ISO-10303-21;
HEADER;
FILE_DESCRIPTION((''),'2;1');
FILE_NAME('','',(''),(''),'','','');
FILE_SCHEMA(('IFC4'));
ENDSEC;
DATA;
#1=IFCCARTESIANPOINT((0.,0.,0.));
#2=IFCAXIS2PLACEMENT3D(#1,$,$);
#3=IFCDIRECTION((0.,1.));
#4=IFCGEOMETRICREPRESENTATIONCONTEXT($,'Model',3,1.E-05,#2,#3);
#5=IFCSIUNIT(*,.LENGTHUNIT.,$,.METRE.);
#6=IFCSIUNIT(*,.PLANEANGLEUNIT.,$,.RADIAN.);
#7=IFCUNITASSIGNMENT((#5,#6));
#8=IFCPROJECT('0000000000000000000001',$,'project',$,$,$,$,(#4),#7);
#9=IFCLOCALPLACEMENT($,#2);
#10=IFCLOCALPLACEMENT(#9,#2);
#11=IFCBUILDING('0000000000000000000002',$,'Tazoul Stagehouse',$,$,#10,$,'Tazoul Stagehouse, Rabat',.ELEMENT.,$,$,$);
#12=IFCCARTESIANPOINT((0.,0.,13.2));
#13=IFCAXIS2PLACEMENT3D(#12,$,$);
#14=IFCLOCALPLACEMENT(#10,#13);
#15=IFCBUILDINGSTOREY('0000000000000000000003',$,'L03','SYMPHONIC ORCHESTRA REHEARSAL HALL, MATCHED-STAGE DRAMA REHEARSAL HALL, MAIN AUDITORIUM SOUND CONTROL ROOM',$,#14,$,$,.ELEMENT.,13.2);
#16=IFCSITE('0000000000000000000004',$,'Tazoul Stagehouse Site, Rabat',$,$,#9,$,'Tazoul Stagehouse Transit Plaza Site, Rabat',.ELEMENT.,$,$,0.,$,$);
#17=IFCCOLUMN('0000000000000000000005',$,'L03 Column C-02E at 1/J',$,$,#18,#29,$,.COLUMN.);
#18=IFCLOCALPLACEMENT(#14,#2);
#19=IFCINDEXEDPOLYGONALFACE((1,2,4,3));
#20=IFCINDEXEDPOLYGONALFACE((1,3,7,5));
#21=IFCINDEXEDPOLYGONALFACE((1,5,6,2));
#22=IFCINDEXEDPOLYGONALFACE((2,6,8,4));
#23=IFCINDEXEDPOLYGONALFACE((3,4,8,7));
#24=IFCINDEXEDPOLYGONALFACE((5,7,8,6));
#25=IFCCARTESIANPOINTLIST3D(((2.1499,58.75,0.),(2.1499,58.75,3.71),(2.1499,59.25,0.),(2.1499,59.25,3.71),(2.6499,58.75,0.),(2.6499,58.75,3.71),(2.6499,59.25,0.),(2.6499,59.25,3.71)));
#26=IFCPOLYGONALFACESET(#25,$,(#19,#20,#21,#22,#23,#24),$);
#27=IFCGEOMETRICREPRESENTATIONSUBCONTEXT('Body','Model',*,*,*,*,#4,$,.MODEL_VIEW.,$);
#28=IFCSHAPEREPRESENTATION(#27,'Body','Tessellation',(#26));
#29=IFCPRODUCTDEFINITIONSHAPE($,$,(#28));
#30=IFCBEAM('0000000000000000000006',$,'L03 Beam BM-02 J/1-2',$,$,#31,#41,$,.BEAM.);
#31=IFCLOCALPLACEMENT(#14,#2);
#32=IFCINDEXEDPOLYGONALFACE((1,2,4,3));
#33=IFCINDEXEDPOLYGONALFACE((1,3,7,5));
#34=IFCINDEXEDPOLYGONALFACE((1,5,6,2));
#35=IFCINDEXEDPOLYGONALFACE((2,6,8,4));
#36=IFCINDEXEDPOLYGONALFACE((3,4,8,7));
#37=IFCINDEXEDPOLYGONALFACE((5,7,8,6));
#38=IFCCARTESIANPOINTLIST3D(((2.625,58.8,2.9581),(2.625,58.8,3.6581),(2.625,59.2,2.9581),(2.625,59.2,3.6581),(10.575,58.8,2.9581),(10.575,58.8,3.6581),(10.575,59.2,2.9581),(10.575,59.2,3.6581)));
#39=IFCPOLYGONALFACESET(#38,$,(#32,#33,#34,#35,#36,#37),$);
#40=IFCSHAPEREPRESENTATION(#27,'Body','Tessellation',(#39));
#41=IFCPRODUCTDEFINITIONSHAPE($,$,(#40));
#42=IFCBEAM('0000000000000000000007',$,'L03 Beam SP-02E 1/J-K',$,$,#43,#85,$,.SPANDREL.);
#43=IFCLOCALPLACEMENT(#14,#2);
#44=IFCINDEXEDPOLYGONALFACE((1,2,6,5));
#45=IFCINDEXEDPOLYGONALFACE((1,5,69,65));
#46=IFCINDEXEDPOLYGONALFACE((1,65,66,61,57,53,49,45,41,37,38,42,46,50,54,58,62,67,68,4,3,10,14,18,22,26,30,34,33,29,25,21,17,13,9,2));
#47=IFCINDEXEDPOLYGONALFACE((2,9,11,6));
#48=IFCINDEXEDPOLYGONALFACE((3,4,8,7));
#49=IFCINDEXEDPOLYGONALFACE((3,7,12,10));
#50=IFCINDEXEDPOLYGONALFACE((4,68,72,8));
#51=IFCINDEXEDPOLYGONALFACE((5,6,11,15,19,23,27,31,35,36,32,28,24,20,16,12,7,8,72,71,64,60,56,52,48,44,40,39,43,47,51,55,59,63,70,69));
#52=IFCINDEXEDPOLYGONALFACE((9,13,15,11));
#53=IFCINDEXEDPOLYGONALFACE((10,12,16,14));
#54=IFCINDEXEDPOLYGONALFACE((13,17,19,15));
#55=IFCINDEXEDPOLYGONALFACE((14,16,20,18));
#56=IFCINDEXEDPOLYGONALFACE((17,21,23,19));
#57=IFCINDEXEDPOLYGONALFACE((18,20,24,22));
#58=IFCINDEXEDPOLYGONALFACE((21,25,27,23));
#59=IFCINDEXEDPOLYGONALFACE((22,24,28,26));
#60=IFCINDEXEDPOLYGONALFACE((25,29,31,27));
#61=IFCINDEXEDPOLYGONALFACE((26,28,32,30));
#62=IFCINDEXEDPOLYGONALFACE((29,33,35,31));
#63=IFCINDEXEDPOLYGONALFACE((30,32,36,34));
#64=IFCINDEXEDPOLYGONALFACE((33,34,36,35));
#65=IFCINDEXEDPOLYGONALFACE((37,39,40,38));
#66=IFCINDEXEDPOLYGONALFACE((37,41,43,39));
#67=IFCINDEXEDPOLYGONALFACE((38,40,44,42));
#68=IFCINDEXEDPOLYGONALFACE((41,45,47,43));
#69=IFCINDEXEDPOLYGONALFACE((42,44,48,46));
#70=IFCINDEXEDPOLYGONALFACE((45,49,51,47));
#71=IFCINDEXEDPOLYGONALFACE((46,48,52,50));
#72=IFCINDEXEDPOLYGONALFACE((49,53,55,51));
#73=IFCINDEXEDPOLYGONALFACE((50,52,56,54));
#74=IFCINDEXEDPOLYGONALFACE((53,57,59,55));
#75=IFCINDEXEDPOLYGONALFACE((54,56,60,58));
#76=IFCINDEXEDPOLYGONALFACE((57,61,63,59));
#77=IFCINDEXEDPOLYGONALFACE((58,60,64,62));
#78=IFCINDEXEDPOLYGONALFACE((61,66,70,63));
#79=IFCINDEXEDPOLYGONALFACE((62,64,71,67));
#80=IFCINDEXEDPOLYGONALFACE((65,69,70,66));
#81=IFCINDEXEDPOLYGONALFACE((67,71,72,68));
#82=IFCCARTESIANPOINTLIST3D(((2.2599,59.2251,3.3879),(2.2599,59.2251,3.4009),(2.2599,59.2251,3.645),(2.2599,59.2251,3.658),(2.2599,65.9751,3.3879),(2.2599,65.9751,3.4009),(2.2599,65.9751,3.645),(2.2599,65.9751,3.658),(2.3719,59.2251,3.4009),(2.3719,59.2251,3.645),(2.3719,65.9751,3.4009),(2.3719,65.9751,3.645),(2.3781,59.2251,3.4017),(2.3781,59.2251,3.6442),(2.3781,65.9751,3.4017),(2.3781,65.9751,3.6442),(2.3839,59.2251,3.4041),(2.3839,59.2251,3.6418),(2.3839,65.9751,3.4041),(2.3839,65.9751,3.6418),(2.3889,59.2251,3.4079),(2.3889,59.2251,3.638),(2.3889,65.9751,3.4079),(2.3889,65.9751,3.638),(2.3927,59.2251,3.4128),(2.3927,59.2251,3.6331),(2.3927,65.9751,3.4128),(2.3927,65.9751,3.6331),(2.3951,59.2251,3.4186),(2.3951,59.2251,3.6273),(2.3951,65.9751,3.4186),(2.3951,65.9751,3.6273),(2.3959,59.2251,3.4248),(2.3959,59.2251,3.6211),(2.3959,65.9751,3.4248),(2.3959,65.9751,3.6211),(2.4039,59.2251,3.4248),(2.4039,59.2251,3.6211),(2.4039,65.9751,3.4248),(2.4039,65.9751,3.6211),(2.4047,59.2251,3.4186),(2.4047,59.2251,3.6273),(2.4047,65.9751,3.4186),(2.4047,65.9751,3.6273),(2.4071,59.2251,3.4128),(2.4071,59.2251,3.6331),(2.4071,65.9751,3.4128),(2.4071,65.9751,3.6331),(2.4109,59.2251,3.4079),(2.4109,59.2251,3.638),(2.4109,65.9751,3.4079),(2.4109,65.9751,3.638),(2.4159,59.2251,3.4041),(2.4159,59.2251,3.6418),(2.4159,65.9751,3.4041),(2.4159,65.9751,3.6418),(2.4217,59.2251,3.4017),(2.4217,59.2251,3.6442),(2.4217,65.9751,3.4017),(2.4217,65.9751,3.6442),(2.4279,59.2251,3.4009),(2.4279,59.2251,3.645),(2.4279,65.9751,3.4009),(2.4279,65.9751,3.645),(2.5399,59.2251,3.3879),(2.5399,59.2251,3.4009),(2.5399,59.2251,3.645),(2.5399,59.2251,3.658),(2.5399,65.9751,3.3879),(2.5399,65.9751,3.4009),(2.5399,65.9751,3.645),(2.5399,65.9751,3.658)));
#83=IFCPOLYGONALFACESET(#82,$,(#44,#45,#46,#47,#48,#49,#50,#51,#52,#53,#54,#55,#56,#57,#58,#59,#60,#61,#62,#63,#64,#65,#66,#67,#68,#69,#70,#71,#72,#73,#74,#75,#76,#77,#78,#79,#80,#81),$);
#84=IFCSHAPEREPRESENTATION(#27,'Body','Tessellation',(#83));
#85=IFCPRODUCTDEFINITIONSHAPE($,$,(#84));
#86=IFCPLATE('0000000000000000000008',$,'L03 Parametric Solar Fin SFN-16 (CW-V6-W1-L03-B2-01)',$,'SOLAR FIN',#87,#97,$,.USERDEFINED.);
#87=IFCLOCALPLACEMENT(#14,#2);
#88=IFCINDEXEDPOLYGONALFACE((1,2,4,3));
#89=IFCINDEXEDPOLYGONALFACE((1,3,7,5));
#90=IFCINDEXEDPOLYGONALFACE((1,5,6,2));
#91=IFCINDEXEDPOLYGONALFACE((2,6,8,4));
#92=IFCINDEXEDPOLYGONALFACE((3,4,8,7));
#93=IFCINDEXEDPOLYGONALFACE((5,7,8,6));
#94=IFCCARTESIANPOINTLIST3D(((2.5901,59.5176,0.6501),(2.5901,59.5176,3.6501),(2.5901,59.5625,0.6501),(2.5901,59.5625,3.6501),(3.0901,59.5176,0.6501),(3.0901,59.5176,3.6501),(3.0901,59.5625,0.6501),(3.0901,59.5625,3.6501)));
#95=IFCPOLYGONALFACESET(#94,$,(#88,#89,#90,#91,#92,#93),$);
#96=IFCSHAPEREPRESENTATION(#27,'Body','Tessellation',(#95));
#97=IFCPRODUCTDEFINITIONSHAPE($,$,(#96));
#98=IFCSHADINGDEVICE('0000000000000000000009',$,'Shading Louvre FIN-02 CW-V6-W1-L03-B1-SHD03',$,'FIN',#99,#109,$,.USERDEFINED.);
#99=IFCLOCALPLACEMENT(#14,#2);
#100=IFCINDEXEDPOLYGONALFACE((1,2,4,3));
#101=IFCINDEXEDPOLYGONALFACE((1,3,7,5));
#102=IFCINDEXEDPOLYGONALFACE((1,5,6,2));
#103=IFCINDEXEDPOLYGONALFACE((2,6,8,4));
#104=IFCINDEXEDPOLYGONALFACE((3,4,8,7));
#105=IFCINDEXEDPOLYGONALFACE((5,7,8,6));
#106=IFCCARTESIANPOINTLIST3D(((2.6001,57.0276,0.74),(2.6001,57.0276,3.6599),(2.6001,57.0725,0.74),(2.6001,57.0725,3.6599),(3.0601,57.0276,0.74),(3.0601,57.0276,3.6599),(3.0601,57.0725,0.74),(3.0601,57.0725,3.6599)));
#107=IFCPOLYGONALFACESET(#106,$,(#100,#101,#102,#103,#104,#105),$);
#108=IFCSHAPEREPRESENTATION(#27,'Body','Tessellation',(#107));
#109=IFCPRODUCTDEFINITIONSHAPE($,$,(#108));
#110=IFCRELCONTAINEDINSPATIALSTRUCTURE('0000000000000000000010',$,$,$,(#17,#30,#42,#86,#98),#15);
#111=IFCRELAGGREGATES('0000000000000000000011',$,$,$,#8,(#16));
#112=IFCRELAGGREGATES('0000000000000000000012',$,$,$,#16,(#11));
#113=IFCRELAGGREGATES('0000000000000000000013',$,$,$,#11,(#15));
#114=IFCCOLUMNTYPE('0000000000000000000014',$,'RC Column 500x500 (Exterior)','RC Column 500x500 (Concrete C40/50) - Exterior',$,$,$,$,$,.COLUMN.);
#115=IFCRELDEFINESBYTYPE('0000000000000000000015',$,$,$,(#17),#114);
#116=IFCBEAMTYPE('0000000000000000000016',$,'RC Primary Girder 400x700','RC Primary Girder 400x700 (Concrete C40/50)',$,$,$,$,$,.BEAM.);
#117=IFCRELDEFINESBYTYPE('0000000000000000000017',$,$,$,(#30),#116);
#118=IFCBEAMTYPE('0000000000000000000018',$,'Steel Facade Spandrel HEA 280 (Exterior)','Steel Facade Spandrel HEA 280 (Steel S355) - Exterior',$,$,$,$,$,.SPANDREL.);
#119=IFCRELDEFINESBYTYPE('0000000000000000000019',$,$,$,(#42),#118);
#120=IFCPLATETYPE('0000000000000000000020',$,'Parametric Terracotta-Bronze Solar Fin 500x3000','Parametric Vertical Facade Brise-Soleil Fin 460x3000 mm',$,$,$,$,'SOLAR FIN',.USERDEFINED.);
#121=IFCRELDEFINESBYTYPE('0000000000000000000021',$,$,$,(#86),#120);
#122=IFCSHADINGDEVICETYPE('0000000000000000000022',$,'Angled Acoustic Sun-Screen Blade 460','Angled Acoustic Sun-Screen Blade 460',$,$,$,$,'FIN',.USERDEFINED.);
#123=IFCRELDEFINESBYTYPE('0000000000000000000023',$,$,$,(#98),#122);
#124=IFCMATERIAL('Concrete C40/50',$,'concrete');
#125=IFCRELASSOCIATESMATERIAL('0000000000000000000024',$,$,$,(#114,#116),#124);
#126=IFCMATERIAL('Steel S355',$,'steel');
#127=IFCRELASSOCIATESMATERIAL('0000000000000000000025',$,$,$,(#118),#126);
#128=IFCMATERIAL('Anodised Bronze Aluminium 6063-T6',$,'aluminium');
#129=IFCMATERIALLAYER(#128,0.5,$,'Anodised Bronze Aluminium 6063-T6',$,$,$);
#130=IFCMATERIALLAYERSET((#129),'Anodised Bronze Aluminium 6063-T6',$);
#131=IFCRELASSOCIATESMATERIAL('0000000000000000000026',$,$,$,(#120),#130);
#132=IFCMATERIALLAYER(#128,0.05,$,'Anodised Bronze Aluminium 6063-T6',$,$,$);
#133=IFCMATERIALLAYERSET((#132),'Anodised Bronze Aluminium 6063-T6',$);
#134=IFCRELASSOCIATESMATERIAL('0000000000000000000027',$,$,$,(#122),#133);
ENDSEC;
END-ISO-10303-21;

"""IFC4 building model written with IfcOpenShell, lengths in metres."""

from ifc_helpers import new_model, si_unit, direction, frame, origin, origin_2d, place, context, subcontext, project, spatial, rectangle, i_section, extrude, material, layer, layer_set, material_profile, profile_set, type_object, element, save


model = new_model("IFC4")

# Units and contexts
model_context = context("Model", 3, precision=1e-05, world=origin(), true_north=direction((0.0, 1.0)))
body_context = subcontext(model_context, "Body", "Model", "MODEL_VIEW")
ifc_project = project(units=[si_unit("LENGTHUNIT", "METRE"), si_unit("PLANEANGLEUNIT", "RADIAN")], contexts=[model_context])

# Site, building, storey
site_placement = place(None, origin())
site = spatial("IfcSite", under=ifc_project, at=site_placement, Name="Tazoul Stagehouse Site, Rabat", LongName="Tazoul Stagehouse Transit Plaza Site, Rabat", CompositionType="ELEMENT", RefElevation=0.0)
building_placement = place(site_placement, origin())
building = spatial("IfcBuilding", under=site, at=building_placement, Name="Tazoul Stagehouse", LongName="Tazoul Stagehouse, Rabat", CompositionType="ELEMENT")
storey_placement = place(building_placement, frame((0.0, 0.0, 13.2)))
storey = spatial("IfcBuildingStorey", under=building, at=storey_placement, Name="L03", Description="SYMPHONIC ORCHESTRA REHEARSAL HALL, MATCHED-STAGE DRAMA REHEARSAL HALL, MAIN AUDITORIUM SOUND CONTROL ROOM", CompositionType="ELEMENT", Elevation=13.2)

# Column
ifc_material_1 = material(Name="Concrete C40/50", Category="concrete")
ifc_material_profile_1 = material_profile(ifc_material_1, rectangle(XDim=0.5, YDim=0.5, at=origin_2d()), Name="RC 500x500")
ifc_profile_set_1 = profile_set([ifc_material_profile_1], Name="Concrete C40/50")
column_type = type_object("IfcColumnType", Name="RC Column 500x500 (Exterior)", Description="RC Column 500x500 (Concrete C40/50) - Exterior", PredefinedType="COLUMN", material=ifc_profile_set_1)
column_placement = place(storey_placement, frame((2.3999, 59.0, 0.0), z_axis=(0.0, 0.0, 1.0), x_axis=(1.0, 0.0, 0.0)))
element("IfcColumn", 1, at=column_placement, inside=storey, type_object=column_type, Name="L03 Column C-02E at 1/J", PredefinedType="COLUMN", context=body_context, shape_type="SweptSolid", body=[
    extrude(rectangle(XDim=0.5, YDim=0.5, at=origin_2d()), origin(), (0.0, 0.0, 1.0), 3.71),
])

# Shared definitions
ifc_material_2 = material(Name="Anodised Bronze Aluminium 6063-T6", Category="aluminium")

# Beams
ifc_material_profile_2 = material_profile(ifc_material_1, rectangle(XDim=0.3999, YDim=0.7, at=origin_2d()), Name="RC 400x700")
ifc_profile_set_2 = profile_set([ifc_material_profile_2], Name="Concrete C40/50")
beam_type_1 = type_object("IfcBeamType", Name="RC Primary Girder 400x700", Description="RC Primary Girder 400x700 (Concrete C40/50)", PredefinedType="BEAM", material=ifc_profile_set_2)
beam_1_placement = place(storey_placement, frame((2.625, 59.0, 3.3081), z_axis=(1.0, 0.0, 0.0), x_axis=(0.0, 1.0, 0.0)))
element("IfcBeam", 2, at=beam_1_placement, inside=storey, type_object=beam_type_1, Name="L03 Beam BM-02 J/1-2", PredefinedType="BEAM", context=body_context, shape_type="SweptSolid", body=[
    extrude(rectangle(XDim=0.3999, YDim=0.7, at=origin_2d()), origin(), (0.0, 0.0, 1.0), 7.95),
])
ifc_material_3 = material(Name="Steel S355", Category="steel")
ifc_material_profile_3 = material_profile(ifc_material_3, i_section(OverallWidth=0.28, OverallDepth=0.27, WebThickness=0.0081, FlangeThickness=0.0129, FilletRadius=0.0239, at=origin_2d()), Name="HEA 280")
ifc_profile_set_3 = profile_set([ifc_material_profile_3], Name="Steel S355")
beam_type_2 = type_object("IfcBeamType", Name="Steel Facade Spandrel HEA 280 (Exterior)", Description="Steel Facade Spandrel HEA 280 (Steel S355) - Exterior", PredefinedType="SPANDREL", material=ifc_profile_set_3)
beam_2_placement = place(storey_placement, frame((2.3999, 59.2251, 3.5229), z_axis=(0.0, 1.0, 0.0), x_axis=(-1.0, 0.0, 0.0)))
element("IfcBeam", 3, at=beam_2_placement, inside=storey, type_object=beam_type_2, Name="L03 Beam SP-02E 1/J-K", PredefinedType="SPANDREL", context=body_context, shape_type="SweptSolid", body=[
    extrude(i_section(OverallWidth=0.28, OverallDepth=0.27, WebThickness=0.0081, FlangeThickness=0.0129, FilletRadius=0.0239, at=origin_2d()), origin(), (0.0, 0.0, 1.0), 6.75),
])

# Plate
ifc_layer_1 = layer(ifc_material_2, 0.5, Name="Anodised Bronze Aluminium 6063-T6")
ifc_layer_set_1 = layer_set([ifc_layer_1], Name="Anodised Bronze Aluminium 6063-T6")
plate_type_1 = type_object("IfcPlateType", Name="Parametric Terracotta-Bronze Solar Fin 500x3000", Description="Parametric Vertical Facade Brise-Soleil Fin 460x3000 mm", ElementType="SOLAR FIN", PredefinedType="USERDEFINED", material=ifc_layer_set_1)
plate_1_placement = place(storey_placement, frame((2.8401, 59.54, 0.6501), z_axis=(0.0, 0.0, 1.0), x_axis=(0.0, 1.0, 0.0)))
element("IfcPlate", 4, at=plate_1_placement, inside=storey, type_object=plate_type_1, Name="L03 Parametric Solar Fin SFN-16 (CW-V6-W1-L03-B2-01)", ObjectType="SOLAR FIN", PredefinedType="USERDEFINED", context=body_context, shape_type="SweptSolid", body=[
    extrude(rectangle(XDim=0.0449, YDim=0.5, at=origin_2d()), origin(), (0.0, 0.0, 1.0), 3.0),
])

# Shading device
ifc_layer_2 = layer(ifc_material_2, 0.05, Name="Anodised Bronze Aluminium 6063-T6")
ifc_layer_set_2 = layer_set([ifc_layer_2], Name="Anodised Bronze Aluminium 6063-T6")
shading_device_type = type_object("IfcShadingDeviceType", Name="Angled Acoustic Sun-Screen Blade 460", Description="Angled Acoustic Sun-Screen Blade 460", ElementType="FIN", PredefinedType="USERDEFINED", material=ifc_layer_set_2)
shading_device_placement = place(storey_placement, frame((2.8301, 57.05, 0.74), z_axis=(0.0, 0.0, 1.0), x_axis=(0.0, 1.0, 0.0)))
element("IfcShadingDevice", 5, at=shading_device_placement, inside=storey, type_object=shading_device_type, Name="Shading Louvre FIN-02 CW-V6-W1-L03-B1-SHD03", ObjectType="FIN", PredefinedType="USERDEFINED", context=body_context, shape_type="SweptSolid", body=[
    extrude(rectangle(XDim=0.0449, YDim=0.46, at=origin_2d()), origin(), (0.0, 0.0, 1.0), 2.9199),
])

save(model, "model.ifc")
